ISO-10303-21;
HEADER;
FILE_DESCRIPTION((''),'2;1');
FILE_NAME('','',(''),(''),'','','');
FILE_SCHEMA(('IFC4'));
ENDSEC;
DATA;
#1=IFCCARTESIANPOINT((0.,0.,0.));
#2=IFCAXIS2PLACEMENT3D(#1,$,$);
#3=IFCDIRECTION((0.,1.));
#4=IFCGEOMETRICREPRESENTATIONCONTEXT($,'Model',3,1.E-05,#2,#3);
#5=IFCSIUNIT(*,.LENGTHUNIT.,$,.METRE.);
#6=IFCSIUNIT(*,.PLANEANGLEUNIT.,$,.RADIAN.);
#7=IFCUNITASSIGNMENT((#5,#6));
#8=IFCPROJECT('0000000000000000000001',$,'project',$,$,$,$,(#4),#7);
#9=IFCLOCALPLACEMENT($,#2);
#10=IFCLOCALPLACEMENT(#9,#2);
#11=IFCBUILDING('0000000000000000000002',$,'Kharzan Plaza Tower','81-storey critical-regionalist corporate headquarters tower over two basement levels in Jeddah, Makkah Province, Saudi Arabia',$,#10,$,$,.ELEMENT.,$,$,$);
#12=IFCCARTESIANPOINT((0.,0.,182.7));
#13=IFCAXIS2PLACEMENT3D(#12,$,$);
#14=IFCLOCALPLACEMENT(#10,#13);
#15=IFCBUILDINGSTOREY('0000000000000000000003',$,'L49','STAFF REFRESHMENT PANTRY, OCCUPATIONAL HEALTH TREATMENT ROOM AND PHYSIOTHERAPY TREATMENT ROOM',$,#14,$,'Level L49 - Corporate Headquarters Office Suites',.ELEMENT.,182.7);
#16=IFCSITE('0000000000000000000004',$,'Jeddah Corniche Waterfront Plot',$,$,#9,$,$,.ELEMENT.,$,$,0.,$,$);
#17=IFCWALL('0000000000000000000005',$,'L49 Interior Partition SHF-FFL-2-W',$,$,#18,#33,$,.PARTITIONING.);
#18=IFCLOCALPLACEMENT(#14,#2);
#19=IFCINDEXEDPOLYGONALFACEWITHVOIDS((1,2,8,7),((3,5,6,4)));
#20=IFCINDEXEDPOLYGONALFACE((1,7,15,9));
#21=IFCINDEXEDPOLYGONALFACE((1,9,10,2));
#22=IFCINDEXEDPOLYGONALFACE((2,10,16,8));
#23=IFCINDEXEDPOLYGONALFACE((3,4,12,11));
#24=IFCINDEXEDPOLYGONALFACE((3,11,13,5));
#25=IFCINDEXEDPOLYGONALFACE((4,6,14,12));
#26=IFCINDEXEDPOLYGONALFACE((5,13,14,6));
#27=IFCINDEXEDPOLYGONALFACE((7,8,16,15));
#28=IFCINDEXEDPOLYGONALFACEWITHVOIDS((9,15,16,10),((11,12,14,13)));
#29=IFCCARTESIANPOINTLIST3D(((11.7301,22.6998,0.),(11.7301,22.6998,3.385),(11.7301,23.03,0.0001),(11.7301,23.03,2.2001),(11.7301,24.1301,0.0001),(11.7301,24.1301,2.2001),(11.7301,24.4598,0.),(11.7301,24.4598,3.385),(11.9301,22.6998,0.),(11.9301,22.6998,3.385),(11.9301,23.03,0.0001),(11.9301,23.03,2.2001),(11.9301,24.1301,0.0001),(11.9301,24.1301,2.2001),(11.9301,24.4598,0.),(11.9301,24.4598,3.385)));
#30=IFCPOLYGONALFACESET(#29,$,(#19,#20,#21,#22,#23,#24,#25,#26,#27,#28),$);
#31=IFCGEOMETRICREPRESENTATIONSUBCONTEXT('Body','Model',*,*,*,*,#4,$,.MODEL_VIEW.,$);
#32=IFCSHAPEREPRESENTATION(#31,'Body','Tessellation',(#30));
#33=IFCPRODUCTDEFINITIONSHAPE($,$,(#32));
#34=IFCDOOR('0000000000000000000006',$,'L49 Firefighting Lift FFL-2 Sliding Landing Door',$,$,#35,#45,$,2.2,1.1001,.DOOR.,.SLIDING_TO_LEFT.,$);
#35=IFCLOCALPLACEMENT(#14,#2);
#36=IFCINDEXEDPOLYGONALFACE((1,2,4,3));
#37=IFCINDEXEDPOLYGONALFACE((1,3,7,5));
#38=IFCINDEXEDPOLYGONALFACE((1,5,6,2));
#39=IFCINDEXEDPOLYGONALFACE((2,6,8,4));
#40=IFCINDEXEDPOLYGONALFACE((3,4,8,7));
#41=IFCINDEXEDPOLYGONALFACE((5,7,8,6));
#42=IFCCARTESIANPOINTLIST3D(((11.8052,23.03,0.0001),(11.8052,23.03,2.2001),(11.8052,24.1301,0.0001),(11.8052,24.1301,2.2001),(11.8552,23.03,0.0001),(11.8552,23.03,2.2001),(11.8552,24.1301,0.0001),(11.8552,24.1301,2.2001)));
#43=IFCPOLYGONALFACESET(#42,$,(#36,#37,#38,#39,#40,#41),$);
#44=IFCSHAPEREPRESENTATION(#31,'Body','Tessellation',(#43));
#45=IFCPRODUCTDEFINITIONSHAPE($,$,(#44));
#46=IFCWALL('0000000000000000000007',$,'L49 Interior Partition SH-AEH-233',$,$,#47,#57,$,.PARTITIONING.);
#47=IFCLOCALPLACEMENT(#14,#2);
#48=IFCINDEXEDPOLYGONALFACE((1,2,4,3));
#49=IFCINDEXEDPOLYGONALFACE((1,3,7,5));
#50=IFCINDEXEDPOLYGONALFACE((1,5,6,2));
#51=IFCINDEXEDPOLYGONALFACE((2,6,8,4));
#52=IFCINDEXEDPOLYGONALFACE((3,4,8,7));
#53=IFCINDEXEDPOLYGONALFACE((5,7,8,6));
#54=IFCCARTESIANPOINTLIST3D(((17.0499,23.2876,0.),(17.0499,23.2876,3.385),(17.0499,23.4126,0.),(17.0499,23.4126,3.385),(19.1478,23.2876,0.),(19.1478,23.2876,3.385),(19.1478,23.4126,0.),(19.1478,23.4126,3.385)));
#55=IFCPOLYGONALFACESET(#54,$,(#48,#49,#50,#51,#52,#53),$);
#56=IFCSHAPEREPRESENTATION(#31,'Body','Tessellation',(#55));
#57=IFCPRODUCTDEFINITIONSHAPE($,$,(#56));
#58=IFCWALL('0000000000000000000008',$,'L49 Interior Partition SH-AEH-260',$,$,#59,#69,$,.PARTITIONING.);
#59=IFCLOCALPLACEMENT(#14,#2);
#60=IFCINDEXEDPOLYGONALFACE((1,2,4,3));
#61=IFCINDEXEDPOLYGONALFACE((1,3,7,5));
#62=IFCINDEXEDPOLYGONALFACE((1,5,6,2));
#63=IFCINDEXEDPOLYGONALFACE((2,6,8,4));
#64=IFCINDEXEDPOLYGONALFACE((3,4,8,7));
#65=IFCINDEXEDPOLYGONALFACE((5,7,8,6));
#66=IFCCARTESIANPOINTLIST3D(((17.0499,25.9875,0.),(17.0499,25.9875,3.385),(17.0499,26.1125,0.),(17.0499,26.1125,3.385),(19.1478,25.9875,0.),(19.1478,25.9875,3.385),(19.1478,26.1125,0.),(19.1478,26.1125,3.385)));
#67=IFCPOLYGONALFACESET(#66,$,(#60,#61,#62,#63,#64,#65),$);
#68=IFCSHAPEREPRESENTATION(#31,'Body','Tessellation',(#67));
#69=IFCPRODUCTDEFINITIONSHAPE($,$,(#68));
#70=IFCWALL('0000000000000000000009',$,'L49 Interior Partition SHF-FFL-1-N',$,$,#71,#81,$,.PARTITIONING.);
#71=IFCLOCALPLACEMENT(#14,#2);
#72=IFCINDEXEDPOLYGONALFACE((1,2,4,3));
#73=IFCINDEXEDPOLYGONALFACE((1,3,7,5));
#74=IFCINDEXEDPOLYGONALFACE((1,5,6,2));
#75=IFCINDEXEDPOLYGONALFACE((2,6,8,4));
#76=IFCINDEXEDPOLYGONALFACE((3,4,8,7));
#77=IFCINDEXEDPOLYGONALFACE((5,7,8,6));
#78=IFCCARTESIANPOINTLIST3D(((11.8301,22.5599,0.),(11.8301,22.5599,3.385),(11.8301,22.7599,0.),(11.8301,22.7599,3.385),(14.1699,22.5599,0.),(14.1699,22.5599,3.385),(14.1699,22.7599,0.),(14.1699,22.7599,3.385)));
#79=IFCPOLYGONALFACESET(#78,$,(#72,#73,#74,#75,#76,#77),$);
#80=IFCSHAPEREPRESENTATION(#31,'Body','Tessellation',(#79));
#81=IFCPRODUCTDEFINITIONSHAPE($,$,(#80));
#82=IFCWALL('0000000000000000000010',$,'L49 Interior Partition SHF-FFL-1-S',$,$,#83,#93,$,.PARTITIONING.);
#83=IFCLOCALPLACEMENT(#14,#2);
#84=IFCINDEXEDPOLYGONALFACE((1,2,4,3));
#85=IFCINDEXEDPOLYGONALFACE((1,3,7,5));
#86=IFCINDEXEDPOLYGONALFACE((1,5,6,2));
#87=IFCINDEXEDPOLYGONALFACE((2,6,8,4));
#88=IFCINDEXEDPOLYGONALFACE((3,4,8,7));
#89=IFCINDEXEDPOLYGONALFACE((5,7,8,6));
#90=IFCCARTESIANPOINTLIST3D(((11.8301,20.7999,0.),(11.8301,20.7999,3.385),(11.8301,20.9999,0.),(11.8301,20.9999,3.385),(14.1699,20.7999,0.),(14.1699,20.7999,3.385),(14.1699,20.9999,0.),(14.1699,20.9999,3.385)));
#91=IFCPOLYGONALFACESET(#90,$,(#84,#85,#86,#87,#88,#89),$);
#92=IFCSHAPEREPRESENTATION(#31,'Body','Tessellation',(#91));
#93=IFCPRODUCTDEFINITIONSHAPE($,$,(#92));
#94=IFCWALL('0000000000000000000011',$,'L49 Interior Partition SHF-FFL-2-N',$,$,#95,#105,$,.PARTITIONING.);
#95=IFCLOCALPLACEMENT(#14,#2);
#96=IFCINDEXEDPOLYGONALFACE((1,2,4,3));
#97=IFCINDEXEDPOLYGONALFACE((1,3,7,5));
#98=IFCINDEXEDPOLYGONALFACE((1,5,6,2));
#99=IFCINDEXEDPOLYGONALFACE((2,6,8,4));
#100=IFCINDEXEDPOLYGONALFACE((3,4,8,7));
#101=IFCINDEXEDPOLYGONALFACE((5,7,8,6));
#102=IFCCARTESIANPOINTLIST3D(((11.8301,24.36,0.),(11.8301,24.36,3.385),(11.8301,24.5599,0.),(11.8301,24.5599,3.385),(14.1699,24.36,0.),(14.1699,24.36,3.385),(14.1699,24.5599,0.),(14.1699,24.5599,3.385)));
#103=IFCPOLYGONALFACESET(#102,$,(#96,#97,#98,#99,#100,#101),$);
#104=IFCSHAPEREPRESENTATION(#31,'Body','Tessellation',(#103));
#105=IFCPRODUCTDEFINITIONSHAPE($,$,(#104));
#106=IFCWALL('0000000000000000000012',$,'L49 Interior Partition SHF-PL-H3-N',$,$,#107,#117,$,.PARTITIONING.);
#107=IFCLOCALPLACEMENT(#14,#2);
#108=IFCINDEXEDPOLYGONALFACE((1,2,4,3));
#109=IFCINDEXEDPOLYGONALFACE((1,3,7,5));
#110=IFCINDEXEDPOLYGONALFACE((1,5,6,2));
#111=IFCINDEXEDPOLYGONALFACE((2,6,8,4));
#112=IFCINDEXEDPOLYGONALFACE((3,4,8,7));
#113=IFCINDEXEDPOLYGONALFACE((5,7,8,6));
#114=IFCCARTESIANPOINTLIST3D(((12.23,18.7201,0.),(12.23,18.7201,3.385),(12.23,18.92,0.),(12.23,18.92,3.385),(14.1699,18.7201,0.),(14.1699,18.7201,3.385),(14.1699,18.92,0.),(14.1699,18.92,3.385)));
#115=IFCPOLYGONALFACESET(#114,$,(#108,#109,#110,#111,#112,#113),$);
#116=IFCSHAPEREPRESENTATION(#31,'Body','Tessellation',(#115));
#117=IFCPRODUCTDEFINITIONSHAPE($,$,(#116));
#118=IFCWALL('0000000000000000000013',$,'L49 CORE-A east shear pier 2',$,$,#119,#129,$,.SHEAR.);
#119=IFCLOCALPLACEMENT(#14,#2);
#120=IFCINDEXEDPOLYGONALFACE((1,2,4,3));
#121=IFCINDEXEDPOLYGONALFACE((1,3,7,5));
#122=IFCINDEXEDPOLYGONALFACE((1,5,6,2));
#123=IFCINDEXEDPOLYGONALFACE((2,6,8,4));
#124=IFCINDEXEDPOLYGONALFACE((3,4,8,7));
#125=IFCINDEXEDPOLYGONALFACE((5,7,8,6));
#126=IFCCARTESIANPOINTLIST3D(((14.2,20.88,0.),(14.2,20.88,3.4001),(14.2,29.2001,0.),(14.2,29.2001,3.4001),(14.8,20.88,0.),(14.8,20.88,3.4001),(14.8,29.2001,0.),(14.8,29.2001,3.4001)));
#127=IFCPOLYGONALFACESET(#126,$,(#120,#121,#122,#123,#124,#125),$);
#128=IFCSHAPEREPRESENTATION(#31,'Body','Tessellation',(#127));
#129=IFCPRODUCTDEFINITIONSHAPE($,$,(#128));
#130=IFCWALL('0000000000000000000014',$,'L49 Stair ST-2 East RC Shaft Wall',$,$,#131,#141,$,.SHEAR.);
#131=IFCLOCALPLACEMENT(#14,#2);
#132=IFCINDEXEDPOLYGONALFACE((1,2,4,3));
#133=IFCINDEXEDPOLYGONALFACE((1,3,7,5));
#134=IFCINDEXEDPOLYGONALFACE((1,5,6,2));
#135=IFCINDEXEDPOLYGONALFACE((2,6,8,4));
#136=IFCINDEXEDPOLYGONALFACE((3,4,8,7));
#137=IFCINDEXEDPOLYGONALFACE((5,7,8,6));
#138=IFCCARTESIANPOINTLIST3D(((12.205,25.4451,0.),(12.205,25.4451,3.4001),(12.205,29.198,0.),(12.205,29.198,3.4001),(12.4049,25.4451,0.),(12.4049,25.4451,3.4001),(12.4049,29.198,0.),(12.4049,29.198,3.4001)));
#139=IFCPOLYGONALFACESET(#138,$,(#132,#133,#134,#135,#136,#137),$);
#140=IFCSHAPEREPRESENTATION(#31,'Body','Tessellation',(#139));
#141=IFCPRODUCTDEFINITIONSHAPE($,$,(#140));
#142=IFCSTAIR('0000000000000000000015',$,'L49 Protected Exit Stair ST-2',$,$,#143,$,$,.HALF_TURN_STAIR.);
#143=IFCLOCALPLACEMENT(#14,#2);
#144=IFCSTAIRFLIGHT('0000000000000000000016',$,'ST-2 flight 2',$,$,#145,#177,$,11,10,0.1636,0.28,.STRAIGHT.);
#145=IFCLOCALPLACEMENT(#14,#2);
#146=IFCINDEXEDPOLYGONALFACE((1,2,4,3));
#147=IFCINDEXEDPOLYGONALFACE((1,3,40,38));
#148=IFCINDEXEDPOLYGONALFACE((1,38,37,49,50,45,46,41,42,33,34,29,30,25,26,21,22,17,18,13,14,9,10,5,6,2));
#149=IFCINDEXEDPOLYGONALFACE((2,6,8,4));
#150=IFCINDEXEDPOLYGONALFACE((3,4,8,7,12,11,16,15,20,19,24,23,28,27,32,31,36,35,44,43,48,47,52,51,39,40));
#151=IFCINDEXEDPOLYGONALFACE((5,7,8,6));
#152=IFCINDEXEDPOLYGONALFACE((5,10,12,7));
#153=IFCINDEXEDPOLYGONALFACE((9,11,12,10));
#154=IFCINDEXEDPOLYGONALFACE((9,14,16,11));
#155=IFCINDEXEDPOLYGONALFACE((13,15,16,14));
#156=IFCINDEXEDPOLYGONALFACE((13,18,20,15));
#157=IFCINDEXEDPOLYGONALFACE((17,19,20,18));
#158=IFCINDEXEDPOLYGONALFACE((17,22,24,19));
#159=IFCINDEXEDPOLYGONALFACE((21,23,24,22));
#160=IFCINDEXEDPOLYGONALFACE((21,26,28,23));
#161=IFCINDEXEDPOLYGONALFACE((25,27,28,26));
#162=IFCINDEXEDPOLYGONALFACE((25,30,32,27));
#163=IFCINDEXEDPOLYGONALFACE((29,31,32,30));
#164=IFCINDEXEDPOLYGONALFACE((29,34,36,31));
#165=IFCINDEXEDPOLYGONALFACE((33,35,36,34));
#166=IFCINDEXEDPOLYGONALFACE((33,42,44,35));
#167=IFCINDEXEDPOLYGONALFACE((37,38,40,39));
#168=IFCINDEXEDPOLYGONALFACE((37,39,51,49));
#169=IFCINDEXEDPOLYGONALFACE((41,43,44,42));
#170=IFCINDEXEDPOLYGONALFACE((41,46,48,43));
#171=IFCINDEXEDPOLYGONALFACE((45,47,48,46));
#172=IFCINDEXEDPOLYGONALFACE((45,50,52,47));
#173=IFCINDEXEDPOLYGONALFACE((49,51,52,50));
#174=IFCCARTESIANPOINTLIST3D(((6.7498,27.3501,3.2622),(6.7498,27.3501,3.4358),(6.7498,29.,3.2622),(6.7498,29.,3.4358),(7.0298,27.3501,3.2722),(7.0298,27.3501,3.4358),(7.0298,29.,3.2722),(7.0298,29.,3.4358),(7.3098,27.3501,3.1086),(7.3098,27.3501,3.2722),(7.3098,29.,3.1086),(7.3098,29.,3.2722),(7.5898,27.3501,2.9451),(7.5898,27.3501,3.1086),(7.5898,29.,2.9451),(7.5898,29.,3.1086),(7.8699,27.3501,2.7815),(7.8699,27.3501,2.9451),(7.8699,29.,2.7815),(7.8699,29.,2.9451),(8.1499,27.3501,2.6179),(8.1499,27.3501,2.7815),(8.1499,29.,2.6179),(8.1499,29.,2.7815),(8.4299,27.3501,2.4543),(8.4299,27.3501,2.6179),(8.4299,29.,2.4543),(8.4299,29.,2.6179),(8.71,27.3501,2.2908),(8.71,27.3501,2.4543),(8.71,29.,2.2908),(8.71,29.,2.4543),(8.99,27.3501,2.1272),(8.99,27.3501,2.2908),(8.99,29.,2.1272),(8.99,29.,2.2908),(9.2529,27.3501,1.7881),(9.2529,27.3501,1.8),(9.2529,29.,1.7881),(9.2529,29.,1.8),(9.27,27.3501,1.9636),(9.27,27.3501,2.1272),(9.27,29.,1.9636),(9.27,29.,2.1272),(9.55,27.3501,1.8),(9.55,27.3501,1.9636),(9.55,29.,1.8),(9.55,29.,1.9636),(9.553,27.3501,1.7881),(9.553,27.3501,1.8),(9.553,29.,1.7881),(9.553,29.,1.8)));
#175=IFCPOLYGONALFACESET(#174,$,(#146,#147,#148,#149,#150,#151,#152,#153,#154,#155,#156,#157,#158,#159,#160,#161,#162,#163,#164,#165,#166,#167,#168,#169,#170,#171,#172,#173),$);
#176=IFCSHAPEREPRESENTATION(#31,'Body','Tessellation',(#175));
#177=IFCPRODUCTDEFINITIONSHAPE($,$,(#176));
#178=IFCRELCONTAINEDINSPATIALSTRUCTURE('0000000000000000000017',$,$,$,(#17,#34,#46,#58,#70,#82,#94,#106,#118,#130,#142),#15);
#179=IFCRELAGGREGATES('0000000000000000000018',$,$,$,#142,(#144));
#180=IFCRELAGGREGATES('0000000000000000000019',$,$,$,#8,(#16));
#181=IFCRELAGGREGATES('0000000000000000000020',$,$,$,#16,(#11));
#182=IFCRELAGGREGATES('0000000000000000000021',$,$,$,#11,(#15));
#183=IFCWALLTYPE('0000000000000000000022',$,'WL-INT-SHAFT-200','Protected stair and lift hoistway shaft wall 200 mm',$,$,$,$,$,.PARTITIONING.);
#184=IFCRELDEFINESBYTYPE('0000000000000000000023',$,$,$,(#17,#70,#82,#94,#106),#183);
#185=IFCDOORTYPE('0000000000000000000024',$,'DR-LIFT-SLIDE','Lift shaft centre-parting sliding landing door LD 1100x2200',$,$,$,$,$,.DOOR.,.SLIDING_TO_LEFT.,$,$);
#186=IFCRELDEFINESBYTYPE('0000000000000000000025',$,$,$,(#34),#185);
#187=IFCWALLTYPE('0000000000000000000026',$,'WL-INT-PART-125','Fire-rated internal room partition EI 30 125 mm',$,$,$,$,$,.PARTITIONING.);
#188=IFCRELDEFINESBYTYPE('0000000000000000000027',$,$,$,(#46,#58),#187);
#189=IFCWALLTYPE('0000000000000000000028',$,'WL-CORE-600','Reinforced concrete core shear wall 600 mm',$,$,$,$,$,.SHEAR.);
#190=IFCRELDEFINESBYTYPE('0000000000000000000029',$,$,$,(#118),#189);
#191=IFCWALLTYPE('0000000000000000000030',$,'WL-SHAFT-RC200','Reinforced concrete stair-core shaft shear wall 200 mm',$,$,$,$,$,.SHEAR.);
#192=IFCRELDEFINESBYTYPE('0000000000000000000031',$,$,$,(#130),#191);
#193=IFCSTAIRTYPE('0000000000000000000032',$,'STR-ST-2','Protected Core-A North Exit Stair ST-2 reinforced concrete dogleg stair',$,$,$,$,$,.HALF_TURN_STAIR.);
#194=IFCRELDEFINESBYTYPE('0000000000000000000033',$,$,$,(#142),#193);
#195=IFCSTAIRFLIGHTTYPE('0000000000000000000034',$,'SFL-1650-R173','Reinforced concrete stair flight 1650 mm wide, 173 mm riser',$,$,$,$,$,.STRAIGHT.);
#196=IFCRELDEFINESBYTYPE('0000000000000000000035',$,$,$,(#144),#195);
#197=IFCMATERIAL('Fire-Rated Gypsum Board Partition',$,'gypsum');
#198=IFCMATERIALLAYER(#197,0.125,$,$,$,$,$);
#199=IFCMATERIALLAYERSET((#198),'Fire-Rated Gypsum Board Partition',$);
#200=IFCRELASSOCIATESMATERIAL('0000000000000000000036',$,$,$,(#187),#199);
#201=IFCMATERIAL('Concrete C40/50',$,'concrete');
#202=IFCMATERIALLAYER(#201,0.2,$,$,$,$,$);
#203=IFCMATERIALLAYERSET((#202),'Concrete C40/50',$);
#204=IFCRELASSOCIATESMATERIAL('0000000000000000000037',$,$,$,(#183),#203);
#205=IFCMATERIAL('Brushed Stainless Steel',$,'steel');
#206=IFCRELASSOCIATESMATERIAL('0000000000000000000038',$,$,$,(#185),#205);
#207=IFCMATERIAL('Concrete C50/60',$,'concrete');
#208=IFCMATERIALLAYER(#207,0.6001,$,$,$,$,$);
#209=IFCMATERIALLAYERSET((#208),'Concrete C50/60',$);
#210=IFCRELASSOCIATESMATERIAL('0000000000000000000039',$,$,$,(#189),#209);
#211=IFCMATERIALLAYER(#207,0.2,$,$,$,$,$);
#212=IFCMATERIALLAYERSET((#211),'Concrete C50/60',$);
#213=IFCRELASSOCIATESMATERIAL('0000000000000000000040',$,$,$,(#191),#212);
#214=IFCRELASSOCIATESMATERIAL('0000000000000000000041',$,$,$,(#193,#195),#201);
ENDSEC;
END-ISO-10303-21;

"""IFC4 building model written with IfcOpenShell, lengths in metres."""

from ifc_helpers import new_model, si_unit, direction, frame, frame_2d, origin, place, context, subcontext, project, spatial, polyline, rectangle, outline, extrude, source, transform, mapped, material, layer, layer_set, type_object, element, fill, aggregate, save


model = new_model("IFC4")

# Units and contexts
model_context = context("Model", 3, precision=1e-05, world=origin(), true_north=direction((0.0, 1.0)))
body_context = subcontext(model_context, "Body", "Model", "MODEL_VIEW")
ifc_project = project(units=[si_unit("LENGTHUNIT", "METRE"), si_unit("PLANEANGLEUNIT", "RADIAN")], contexts=[model_context])

# Site, building, storey
site_placement = place(None, origin())
site = spatial("IfcSite", under=ifc_project, at=site_placement, Name="Jeddah Corniche Waterfront Plot", CompositionType="ELEMENT", RefElevation=0.0)
building_placement = place(site_placement, origin())
building = spatial("IfcBuilding", under=site, at=building_placement, Name="Kharzan Plaza Tower", Description="81-storey critical-regionalist corporate headquarters tower over two basement levels in Jeddah, Makkah Province, Saudi Arabia", CompositionType="ELEMENT")
storey_placement = place(building_placement, frame((0.0, 0.0, 182.7)))
storey = spatial("IfcBuildingStorey", under=building, at=storey_placement, Name="L49", Description="STAFF REFRESHMENT PANTRY, OCCUPATIONAL HEALTH TREATMENT ROOM AND PHYSIOTHERAPY TREATMENT ROOM", LongName="Level L49 - Corporate Headquarters Office Suites", CompositionType="ELEMENT", Elevation=182.7)

# Wall, opening, door
ifc_material_1 = material(Name="Fire-Rated Gypsum Board Partition", Category="gypsum")
ifc_layer_1 = layer(ifc_material_1, 0.125)
ifc_layer_set_1 = layer_set([ifc_layer_1], Name="Fire-Rated Gypsum Board Partition")
wall_type_1 = type_object("IfcWallType", Name="WL-INT-PART-125", Description="Fire-rated internal room partition EI 30 125 mm", PredefinedType="PARTITIONING", material=ifc_layer_set_1)
ifc_material_2 = material(Name="Concrete C40/50", Category="concrete")
ifc_layer_2 = layer(ifc_material_2, 0.2)
ifc_layer_set_2 = layer_set([ifc_layer_2], Name="Concrete C40/50")
wall_type_2 = type_object("IfcWallType", Name="WL-INT-SHAFT-200", Description="Protected stair and lift hoistway shaft wall 200 mm", PredefinedType="PARTITIONING", material=ifc_layer_set_2)
ifc_material_3 = material(Name="Brushed Stainless Steel", Category="steel")
door_type_1 = type_object("IfcDoorType", Name="DR-LIFT-SLIDE", Description="Lift shaft centre-parting sliding landing door LD 1100x2200", OperationType="SLIDING_TO_LEFT", PredefinedType="DOOR", material=ifc_material_3)
shared_shape_1 = source(origin(), body_context, "Body", "SweptSolid", [
    extrude(rectangle(XDim=1.1001, YDim=2.2, at=frame_2d((0.55, 1.1001))), frame((0.0, 0.0249, 0.0), z_axis=(0.0, -1.0, 0.0), x_axis=(1.0, 0.0, 0.0)), (0.0, 0.0, 1.0), 0.05),
])
wall_1_placement = place(storey_placement, frame((11.8301, 22.7, 0.0), z_axis=(0.0, 0.0, 1.0), x_axis=(0.0, 1.0, 0.0)))
wall_1 = element("IfcWall", 1, at=wall_1_placement, inside=storey, type_object=wall_type_2, Name="L49 Interior Partition SHF-FFL-2-W", PredefinedType="PARTITIONING", context=body_context, shape_type="SweptSolid", body=[
    extrude(rectangle(XDim=1.76, YDim=0.2, at=frame_2d((0.8799, 0.0))), origin(), (0.0, 0.0, 1.0), 3.385),
])
opening_1_placement = place(wall_1_placement, frame((0.3301, 0.0, 0.0)))
opening_1 = element("IfcOpeningElement", 2, at=opening_1_placement, cuts=wall_1, PredefinedType="OPENING", context=body_context, shape_type="SweptSolid", body=[
    extrude(rectangle(XDim=1.1001, YDim=2.2, at=frame_2d((0.55, 1.1001))), frame((0.0, 0.1099, 0.0), z_axis=(0.0, -1.0, 0.0), x_axis=(1.0, 0.0, 0.0)), (0.0, 0.0, 1.0), 0.22),
])
door_1_placement = place(opening_1_placement, origin())
door_1 = element("IfcDoor", 3, at=door_1_placement, inside=storey, type_object=door_type_1, Name="L49 Firefighting Lift FFL-2 Sliding Landing Door", OperationType="SLIDING_TO_LEFT", OverallHeight=2.2, OverallWidth=1.1001, PredefinedType="DOOR", context=body_context, shape_type="MappedRepresentation", body=[
    mapped(shared_shape_1, transform((0.0, 0.0, 0.0), x_axis=(1.0, 0.0, 0.0), y_axis=(0.0, 1.0, 0.0), z_axis=(0.0, 0.0, 1.0))),
])
fill(opening_1, door_1)

# Walls
shared_shape_2 = source(origin(), body_context, "Body", "SweptSolid", [
    extrude(rectangle(XDim=2.0979, YDim=0.125, at=frame_2d((1.0488, 0.0))), origin(), (0.0, 0.0, 1.0), 3.385),
])
for number, where, z_axis, x_axis, name in (
    (4, (17.05, 23.3501, 0.0), (0.0, 0.0, 1.0), (1.0, 0.0, 0.0), "L49 Interior Partition SH-AEH-233"),
    (5, (17.05, 26.05, 0.0), (0.0, 0.0, 1.0), (1.0, 0.0, 0.0), "L49 Interior Partition SH-AEH-260"),
):
    element("IfcWall", number, at=place(storey_placement, frame(where, z_axis=z_axis, x_axis=x_axis)), inside=storey, type_object=wall_type_1, Name=name, PredefinedType="PARTITIONING", context=body_context, shape_type="MappedRepresentation", body=[
        mapped(shared_shape_2, transform((0.0, 0.0, 0.0), x_axis=(1.0, 0.0, 0.0), y_axis=(0.0, 1.0, 0.0), z_axis=(0.0, 0.0, 1.0))),
    ])
shared_shape_3 = source(origin(), body_context, "Body", "SweptSolid", [
    extrude(rectangle(XDim=2.3398, YDim=0.2, at=frame_2d((1.1699, 0.0))), origin(), (0.0, 0.0, 1.0), 3.385),
])
for number, where, z_axis, x_axis, name in (
    (6, (11.8301, 22.6599, 0.0), (0.0, 0.0, 1.0), (1.0, 0.0, 0.0), "L49 Interior Partition SHF-FFL-1-N"),
    (7, (11.8301, 20.8999, 0.0), (0.0, 0.0, 1.0), (1.0, 0.0, 0.0), "L49 Interior Partition SHF-FFL-1-S"),
    (8, (11.8301, 24.46, 0.0), (0.0, 0.0, 1.0), (1.0, 0.0, 0.0), "L49 Interior Partition SHF-FFL-2-N"),
):
    element("IfcWall", number, at=place(storey_placement, frame(where, z_axis=z_axis, x_axis=x_axis)), inside=storey, type_object=wall_type_2, Name=name, PredefinedType="PARTITIONING", context=body_context, shape_type="MappedRepresentation", body=[
        mapped(shared_shape_3, transform((0.0, 0.0, 0.0), x_axis=(1.0, 0.0, 0.0), y_axis=(0.0, 1.0, 0.0), z_axis=(0.0, 0.0, 1.0))),
    ])
shared_shape_4 = source(origin(), body_context, "Body", "SweptSolid", [
    extrude(rectangle(XDim=1.9399, YDim=0.2, at=frame_2d((0.97, 0.0))), origin(), (0.0, 0.0, 1.0), 3.385),
])
wall_2_placement = place(storey_placement, frame((12.23, 18.8201, 0.0), z_axis=(0.0, 0.0, 1.0), x_axis=(1.0, 0.0, 0.0)))
element("IfcWall", 9, at=wall_2_placement, inside=storey, type_object=wall_type_2, Name="L49 Interior Partition SHF-PL-H3-N", PredefinedType="PARTITIONING", context=body_context, shape_type="MappedRepresentation", body=[
    mapped(shared_shape_4, transform((0.0, 0.0, 0.0), x_axis=(1.0, 0.0, 0.0), y_axis=(0.0, 1.0, 0.0), z_axis=(0.0, 0.0, 1.0))),
])
ifc_material_4 = material(Name="Concrete C50/60", Category="concrete")
ifc_layer_3 = layer(ifc_material_4, 0.6001)
ifc_layer_set_3 = layer_set([ifc_layer_3], Name="Concrete C50/60")
wall_type_3 = type_object("IfcWallType", Name="WL-CORE-600", Description="Reinforced concrete core shear wall 600 mm", PredefinedType="SHEAR", material=ifc_layer_set_3)
shared_shape_5 = source(origin(), body_context, "Body", "SweptSolid", [
    extrude(rectangle(XDim=8.3201, YDim=0.6001, at=frame_2d((4.1602, 0.0))), origin(), (0.0, 0.0, 1.0), 3.4001),
])
wall_3_placement = place(storey_placement, frame((14.5, 20.8799, 0.0), z_axis=(0.0, 0.0, 1.0), x_axis=(0.0, 1.0, 0.0)))
element("IfcWall", 10, at=wall_3_placement, inside=storey, type_object=wall_type_3, Name="L49 CORE-A east shear pier 2", PredefinedType="SHEAR", context=body_context, shape_type="MappedRepresentation", body=[
    mapped(shared_shape_5, transform((0.0, 0.0, 0.0), x_axis=(1.0, 0.0, 0.0), y_axis=(0.0, 1.0, 0.0), z_axis=(0.0, 0.0, 1.0))),
])
ifc_layer_4 = layer(ifc_material_4, 0.2)
ifc_layer_set_4 = layer_set([ifc_layer_4], Name="Concrete C50/60")
wall_type_4 = type_object("IfcWallType", Name="WL-SHAFT-RC200", Description="Reinforced concrete stair-core shaft shear wall 200 mm", PredefinedType="SHEAR", material=ifc_layer_set_4)
shared_shape_6 = source(origin(), body_context, "Body", "SweptSolid", [
    extrude(rectangle(XDim=3.7529, YDim=0.2, at=frame_2d((1.8765, 0.0))), origin(), (0.0, 0.0, 1.0), 3.4001),
])
wall_4_placement = place(storey_placement, frame((12.3049, 25.4451, 0.0), z_axis=(0.0, 0.0, 1.0), x_axis=(0.0, 1.0, 0.0)))
element("IfcWall", 11, at=wall_4_placement, inside=storey, type_object=wall_type_4, Name="L49 Stair ST-2 East RC Shaft Wall", PredefinedType="SHEAR", context=body_context, shape_type="MappedRepresentation", body=[
    mapped(shared_shape_6, transform((0.0, 0.0, 0.0), x_axis=(1.0, 0.0, 0.0), y_axis=(0.0, 1.0, 0.0), z_axis=(0.0, 0.0, 1.0))),
])

# Stair, stair flight
stair_type = type_object("IfcStairType", Name="STR-ST-2", Description="Protected Core-A North Exit Stair ST-2 reinforced concrete dogleg stair", PredefinedType="HALF_TURN_STAIR", material=ifc_material_2)
stair_placement = place(storey_placement, origin())
stair = element("IfcStair", 12, at=stair_placement, inside=storey, type_object=stair_type, Name="L49 Protected Exit Stair ST-2", PredefinedType="HALF_TURN_STAIR")
stair_flight_type = type_object("IfcStairFlightType", Name="SFL-1650-R173", Description="Reinforced concrete stair flight 1650 mm wide, 173 mm riser", PredefinedType="STRAIGHT", material=ifc_material_2)
shared_shape_7 = source(origin(), body_context, "Body", "SweptSolid", [
    extrude(outline(polyline([(-0.0029, -0.012), (-0.0029, 0.0), (0.0, 0.0), (0.0, 0.1636), (0.28, 0.1636), (0.28, 0.3271), (0.5601, 0.3271), (0.5601, 0.4907), (0.8401, 0.4907), (0.8401, 0.6543), (1.1201, 0.6543), (1.1201, 0.8179), (1.4001, 0.8179), (1.4001, 0.9814), (1.6802, 0.9814), (1.6802, 1.145), (1.9602, 1.145), (1.9602, 1.3086), (2.2402, 1.3086), (2.2402, 1.4722), (2.5203, 1.4722), (2.5203, 1.6357), (2.8003, 1.6357), (2.8003, 1.7993), (2.8003, 1.4622), (0.2971, 0.0), (0.2971, -0.012), (-0.0029, -0.012)])), frame((0.0, 0.825, 0.0), z_axis=(0.0, -1.0, 0.0), x_axis=(1.0, 0.0, 0.0)), (0.0, 0.0, 1.0), 1.6499),
])
stair_flight_placement = place(storey_placement, frame((9.55, 28.175, 1.8), z_axis=(0.0, 0.0, 1.0), x_axis=(-1.0, 0.0, 0.0)))
stair_flight = element("IfcStairFlight", 13, at=stair_flight_placement, type_object=stair_flight_type, Name="ST-2 flight 2", NumberOfRisers=11, NumberOfTreads=10, PredefinedType="STRAIGHT", RiserHeight=0.1636, TreadLength=0.28, context=body_context, shape_type="MappedRepresentation", body=[
    mapped(shared_shape_7, transform((0.0, 0.0, 0.0), x_axis=(1.0, 0.0, 0.0), y_axis=(0.0, 1.0, 0.0), z_axis=(0.0, 0.0, 1.0))),
])
aggregate(stair, [stair_flight])

save(model, "model.ifc")
